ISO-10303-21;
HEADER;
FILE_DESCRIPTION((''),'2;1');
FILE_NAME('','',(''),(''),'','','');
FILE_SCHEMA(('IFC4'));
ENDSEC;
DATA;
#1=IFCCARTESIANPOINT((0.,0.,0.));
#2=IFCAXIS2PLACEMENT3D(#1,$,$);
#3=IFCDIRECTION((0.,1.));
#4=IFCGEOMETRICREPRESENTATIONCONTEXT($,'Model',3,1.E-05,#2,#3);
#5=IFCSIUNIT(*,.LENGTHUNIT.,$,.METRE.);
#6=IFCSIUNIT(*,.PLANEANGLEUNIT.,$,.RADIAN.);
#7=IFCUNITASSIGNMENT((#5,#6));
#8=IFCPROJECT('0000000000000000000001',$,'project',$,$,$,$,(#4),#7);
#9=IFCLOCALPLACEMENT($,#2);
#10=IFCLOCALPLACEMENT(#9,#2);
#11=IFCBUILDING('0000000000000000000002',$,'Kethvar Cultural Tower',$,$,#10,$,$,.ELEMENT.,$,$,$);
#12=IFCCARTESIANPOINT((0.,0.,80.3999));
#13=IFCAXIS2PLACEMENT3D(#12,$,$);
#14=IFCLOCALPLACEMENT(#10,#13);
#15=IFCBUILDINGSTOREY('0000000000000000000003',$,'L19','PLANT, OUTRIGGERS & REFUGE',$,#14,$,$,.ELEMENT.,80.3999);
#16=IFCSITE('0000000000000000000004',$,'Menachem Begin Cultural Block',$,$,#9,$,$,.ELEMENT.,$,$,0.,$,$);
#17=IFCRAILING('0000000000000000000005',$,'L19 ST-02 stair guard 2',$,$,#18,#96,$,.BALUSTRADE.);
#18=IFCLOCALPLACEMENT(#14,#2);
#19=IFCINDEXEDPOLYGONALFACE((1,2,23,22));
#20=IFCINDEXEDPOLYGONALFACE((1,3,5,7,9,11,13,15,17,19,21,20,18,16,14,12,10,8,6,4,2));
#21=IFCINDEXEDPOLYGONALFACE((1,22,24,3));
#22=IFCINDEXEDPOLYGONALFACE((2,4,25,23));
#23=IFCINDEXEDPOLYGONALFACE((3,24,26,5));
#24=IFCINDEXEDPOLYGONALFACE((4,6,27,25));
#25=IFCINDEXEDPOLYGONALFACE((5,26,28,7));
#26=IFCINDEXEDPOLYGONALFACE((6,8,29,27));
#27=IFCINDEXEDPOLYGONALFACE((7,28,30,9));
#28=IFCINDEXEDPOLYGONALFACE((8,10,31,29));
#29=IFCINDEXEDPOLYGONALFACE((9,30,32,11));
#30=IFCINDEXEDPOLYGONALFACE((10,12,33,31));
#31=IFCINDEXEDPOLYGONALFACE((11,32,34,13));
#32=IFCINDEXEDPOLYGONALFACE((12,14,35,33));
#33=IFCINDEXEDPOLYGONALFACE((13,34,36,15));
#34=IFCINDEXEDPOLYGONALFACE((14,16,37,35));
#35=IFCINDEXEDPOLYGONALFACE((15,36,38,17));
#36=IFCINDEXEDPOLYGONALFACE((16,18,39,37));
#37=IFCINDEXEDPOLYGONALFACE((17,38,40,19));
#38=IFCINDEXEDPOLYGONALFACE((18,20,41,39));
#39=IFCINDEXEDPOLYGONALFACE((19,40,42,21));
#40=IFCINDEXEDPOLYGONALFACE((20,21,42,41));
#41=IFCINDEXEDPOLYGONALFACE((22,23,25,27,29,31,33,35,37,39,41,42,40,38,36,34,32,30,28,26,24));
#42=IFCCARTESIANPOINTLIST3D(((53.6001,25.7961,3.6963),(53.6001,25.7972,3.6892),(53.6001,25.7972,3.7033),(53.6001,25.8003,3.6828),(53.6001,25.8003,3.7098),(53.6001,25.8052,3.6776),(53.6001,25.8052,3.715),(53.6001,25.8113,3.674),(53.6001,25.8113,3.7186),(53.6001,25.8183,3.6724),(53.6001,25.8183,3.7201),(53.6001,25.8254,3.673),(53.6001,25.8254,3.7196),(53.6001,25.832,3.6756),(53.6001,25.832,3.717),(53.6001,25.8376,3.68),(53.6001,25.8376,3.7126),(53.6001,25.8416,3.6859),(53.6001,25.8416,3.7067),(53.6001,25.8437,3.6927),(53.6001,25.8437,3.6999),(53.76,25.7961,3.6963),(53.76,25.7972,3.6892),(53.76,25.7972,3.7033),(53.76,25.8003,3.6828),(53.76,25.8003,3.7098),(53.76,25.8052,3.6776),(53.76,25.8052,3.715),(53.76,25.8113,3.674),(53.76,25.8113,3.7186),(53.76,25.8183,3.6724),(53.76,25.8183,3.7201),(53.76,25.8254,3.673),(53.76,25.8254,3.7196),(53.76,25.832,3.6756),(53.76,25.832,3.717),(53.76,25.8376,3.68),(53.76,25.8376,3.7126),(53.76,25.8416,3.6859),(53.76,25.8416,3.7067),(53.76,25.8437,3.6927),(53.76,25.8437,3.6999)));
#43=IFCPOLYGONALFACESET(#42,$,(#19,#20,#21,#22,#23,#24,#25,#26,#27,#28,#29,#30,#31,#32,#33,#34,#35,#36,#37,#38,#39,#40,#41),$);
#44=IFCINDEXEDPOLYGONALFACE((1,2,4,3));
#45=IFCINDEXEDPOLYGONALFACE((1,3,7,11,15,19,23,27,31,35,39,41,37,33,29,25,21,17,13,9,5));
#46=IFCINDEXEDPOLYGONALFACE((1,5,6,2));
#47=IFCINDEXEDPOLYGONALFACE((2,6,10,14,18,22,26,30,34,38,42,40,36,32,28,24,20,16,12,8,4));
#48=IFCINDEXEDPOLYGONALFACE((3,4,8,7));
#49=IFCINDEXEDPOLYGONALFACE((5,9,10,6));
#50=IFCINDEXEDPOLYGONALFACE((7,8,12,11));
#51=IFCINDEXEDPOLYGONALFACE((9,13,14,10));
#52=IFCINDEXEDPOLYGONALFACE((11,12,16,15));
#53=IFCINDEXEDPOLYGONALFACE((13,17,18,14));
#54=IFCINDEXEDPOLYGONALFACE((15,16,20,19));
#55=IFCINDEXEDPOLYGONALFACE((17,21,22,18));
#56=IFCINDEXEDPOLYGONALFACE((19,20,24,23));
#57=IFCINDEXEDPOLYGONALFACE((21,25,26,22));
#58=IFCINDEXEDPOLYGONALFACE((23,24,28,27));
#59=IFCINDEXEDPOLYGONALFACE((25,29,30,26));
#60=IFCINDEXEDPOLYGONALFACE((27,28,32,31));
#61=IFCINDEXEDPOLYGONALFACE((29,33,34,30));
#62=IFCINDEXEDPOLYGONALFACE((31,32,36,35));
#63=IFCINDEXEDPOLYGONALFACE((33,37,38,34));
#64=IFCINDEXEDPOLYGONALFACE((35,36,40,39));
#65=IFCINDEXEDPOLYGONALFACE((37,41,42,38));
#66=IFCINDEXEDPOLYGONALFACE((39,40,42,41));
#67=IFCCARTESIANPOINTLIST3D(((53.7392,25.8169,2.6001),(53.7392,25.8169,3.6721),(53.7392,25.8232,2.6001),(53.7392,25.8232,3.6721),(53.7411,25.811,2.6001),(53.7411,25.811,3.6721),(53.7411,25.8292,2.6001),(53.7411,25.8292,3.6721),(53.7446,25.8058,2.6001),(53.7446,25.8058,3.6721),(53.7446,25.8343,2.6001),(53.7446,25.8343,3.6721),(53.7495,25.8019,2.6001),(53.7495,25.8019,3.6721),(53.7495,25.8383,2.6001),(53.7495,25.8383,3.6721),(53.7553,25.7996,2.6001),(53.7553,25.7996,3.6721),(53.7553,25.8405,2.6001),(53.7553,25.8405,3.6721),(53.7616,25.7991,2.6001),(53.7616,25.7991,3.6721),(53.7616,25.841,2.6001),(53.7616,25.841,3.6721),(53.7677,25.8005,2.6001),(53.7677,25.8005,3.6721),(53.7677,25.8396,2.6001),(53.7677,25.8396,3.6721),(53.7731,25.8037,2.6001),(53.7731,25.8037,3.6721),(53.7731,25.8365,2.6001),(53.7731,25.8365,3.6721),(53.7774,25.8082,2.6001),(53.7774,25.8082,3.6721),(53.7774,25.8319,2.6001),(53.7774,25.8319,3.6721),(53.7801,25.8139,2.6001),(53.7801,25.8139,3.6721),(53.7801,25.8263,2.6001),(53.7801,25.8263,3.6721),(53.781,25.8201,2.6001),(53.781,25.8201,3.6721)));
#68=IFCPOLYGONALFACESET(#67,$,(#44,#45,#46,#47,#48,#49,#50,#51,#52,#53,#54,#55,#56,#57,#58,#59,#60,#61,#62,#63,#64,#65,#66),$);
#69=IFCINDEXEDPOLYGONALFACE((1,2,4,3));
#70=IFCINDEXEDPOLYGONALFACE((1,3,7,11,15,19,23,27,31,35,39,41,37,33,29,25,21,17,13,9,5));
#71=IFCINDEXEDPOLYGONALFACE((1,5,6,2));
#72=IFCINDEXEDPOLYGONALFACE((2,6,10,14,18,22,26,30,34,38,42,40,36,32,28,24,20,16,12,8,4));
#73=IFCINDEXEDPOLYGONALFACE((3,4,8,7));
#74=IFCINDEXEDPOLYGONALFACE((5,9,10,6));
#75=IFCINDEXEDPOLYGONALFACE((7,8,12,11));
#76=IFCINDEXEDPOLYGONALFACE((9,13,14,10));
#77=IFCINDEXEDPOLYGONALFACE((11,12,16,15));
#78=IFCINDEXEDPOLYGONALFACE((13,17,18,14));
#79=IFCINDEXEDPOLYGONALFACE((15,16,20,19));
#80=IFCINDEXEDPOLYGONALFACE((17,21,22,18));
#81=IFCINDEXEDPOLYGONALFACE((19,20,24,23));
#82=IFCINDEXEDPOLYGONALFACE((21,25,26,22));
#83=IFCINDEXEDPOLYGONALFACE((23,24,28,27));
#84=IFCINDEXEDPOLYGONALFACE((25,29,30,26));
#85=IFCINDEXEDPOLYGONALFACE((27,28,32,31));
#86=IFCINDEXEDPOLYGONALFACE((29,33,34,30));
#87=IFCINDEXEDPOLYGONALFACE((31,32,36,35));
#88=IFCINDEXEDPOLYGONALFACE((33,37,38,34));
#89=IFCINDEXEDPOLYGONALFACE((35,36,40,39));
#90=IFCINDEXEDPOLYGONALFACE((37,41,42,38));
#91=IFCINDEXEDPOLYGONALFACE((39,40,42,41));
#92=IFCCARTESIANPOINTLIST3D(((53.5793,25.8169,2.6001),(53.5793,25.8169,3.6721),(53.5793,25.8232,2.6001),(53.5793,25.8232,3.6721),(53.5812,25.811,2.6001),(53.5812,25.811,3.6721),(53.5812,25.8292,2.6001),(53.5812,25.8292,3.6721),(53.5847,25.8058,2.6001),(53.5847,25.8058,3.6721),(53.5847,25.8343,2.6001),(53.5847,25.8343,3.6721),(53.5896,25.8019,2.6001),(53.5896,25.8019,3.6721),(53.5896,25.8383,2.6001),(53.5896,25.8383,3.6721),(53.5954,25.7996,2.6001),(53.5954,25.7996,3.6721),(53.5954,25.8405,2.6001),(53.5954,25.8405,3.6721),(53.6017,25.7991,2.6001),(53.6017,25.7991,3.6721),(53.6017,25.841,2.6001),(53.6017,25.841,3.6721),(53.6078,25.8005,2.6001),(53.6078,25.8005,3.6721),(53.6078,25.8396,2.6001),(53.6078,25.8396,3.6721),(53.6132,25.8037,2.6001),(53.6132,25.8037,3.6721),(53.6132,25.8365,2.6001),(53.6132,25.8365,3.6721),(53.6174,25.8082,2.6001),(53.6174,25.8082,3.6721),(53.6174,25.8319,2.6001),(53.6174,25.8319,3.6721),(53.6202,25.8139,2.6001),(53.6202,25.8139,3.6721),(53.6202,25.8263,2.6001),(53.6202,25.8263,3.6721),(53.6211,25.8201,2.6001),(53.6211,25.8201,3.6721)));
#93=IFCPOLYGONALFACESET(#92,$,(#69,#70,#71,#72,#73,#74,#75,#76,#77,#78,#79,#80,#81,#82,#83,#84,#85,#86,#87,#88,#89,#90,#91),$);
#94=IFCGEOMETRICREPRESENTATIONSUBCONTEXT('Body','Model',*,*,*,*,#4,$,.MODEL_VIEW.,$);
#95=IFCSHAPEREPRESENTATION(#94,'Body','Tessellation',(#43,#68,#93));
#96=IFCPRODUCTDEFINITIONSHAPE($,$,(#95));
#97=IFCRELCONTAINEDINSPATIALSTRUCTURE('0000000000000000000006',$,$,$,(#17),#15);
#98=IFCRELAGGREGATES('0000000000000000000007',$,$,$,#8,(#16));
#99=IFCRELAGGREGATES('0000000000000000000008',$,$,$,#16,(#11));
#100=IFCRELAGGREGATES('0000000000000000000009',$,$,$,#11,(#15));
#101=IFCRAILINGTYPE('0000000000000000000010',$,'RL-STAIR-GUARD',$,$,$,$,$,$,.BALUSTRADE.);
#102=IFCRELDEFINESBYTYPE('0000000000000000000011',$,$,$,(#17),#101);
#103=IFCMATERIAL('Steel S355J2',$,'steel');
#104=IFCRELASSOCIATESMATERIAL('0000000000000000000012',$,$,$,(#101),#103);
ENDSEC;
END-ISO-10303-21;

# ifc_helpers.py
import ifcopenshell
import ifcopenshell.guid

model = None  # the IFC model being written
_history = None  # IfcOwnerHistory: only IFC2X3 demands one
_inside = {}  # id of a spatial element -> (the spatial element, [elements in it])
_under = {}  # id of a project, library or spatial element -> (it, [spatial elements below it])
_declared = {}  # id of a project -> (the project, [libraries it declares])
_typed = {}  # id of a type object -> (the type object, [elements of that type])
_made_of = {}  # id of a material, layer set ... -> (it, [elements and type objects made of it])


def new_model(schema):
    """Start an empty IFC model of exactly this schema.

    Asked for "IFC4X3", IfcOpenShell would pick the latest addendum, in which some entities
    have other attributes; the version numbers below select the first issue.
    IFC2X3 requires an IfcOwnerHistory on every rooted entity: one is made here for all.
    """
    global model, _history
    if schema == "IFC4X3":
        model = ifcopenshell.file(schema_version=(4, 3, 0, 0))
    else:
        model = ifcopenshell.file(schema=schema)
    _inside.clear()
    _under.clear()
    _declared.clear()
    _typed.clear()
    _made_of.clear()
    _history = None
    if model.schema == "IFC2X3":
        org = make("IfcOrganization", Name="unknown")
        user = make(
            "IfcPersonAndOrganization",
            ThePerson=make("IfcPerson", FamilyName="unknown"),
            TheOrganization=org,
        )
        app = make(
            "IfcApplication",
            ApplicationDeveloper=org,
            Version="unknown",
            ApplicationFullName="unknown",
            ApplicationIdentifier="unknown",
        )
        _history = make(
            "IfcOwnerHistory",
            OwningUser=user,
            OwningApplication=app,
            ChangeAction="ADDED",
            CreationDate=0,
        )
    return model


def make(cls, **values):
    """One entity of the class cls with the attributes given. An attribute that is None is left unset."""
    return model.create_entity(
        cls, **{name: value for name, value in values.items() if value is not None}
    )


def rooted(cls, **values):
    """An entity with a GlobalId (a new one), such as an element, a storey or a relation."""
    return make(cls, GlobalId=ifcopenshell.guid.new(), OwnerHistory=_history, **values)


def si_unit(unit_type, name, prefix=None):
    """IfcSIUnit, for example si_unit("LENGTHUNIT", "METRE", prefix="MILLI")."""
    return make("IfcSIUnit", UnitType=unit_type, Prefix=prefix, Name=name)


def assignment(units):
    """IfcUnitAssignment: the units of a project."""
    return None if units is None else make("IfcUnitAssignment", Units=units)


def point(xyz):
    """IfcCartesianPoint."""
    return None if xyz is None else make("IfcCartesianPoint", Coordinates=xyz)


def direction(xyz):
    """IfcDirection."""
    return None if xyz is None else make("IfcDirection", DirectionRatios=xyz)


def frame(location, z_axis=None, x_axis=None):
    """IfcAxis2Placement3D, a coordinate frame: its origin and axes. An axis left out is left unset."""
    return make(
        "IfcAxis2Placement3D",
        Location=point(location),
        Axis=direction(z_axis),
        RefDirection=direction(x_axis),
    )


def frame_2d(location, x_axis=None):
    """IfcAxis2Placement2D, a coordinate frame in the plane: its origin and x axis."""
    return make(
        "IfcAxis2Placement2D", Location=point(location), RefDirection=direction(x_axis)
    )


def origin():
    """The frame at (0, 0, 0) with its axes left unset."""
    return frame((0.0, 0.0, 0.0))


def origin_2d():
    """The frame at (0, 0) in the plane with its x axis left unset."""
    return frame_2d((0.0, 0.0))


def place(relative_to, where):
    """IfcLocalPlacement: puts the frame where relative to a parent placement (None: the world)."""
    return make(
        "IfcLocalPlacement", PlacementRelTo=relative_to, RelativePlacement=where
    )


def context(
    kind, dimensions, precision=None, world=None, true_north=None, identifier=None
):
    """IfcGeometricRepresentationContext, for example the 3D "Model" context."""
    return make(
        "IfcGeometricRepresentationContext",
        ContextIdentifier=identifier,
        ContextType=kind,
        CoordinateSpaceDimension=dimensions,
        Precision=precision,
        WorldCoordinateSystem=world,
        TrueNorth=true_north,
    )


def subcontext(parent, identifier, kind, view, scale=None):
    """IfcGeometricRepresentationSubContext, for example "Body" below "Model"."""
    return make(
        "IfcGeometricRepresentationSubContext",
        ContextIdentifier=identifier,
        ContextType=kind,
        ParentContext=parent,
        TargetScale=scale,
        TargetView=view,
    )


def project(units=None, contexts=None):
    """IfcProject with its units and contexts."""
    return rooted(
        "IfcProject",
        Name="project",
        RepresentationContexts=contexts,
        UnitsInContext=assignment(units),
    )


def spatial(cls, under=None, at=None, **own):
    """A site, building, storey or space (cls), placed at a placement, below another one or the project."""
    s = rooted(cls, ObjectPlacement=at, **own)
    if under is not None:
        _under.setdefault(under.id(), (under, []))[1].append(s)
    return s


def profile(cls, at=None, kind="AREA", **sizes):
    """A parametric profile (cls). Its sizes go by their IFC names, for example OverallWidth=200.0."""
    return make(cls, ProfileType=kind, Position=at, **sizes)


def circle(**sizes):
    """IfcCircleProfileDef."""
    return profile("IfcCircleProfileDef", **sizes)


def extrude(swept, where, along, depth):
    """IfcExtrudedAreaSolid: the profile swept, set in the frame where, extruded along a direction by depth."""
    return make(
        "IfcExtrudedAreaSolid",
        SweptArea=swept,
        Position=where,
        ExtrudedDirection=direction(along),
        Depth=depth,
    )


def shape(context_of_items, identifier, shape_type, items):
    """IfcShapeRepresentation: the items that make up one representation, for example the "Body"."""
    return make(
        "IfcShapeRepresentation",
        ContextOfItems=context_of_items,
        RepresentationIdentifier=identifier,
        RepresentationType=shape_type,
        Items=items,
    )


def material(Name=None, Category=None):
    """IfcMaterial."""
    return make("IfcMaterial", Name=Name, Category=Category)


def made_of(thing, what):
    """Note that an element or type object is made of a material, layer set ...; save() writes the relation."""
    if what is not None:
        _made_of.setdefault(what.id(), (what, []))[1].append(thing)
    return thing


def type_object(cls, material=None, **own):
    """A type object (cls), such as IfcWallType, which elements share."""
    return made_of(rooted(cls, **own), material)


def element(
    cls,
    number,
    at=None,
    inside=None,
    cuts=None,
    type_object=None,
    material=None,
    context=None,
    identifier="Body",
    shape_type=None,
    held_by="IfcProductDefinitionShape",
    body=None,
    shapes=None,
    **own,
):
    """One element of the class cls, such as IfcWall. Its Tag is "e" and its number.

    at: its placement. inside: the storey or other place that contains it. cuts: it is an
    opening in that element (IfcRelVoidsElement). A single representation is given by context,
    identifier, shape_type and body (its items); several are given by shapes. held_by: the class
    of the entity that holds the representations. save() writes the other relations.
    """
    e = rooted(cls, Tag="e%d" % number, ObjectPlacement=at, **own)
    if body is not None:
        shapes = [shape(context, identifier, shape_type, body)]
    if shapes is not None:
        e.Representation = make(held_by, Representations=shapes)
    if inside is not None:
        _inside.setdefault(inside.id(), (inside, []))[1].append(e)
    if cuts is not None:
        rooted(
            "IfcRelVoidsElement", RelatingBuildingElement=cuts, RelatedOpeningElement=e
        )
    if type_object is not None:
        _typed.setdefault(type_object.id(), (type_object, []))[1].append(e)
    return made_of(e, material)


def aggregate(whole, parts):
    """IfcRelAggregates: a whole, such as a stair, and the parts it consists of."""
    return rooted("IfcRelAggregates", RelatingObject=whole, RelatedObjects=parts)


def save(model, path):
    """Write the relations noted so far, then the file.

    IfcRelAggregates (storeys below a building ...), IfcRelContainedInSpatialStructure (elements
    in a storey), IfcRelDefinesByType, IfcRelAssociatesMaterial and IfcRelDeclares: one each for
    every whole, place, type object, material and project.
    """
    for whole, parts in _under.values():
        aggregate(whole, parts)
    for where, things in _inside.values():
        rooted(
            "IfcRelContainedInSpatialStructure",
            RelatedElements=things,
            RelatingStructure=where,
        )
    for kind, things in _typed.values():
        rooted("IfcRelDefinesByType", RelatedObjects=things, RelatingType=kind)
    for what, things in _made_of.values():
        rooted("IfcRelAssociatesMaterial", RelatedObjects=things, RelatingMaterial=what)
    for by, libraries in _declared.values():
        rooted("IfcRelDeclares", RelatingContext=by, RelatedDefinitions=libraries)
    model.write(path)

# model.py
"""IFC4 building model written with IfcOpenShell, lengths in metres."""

from ifc_helpers import new_model, si_unit, direction, frame, origin, origin_2d, place, context, subcontext, project, spatial, circle, extrude, material, type_object, element, save


model = new_model("IFC4")

# Units and contexts
model_context = context("Model", 3, precision=1e-05, world=origin(), true_north=direction((0.0, 1.0)))
body_context = subcontext(model_context, "Body", "Model", "MODEL_VIEW")
ifc_project = project(units=[si_unit("LENGTHUNIT", "METRE"), si_unit("PLANEANGLEUNIT", "RADIAN")], contexts=[model_context])

# Site, building, storey
site_placement = place(None, origin())
site = spatial("IfcSite", under=ifc_project, at=site_placement, Name="Menachem Begin Cultural Block", CompositionType="ELEMENT", RefElevation=0.0)
building_placement = place(site_placement, origin())
building = spatial("IfcBuilding", under=site, at=building_placement, Name="Kethvar Cultural Tower", CompositionType="ELEMENT")
storey_placement = place(building_placement, frame((0.0, 0.0, 80.3999)))
storey = spatial("IfcBuildingStorey", under=building, at=storey_placement, Name="L19", Description="PLANT, OUTRIGGERS & REFUGE", CompositionType="ELEMENT", Elevation=80.3999)

# Shared definitions
ifc_material_1 = material(Name="Steel S355J2", Category="steel")

# Railing
railing_type_1 = type_object("IfcRailingType", Name="RL-STAIR-GUARD", PredefinedType="BALUSTRADE", material=ifc_material_1)
railing_1_placement = place(storey_placement, frame((53.76, 25.8201, 2.6001)))
element("IfcRailing", 1, at=railing_1_placement, inside=storey, type_object=railing_type_1, Name="L19 ST-02 stair guard 2", PredefinedType="BALUSTRADE", context=body_context, shape_type="SweptSolid", body=[
    extrude(circle(Radius=0.0239, at=origin_2d()), frame((0.0, 0.0, 1.0962), z_axis=(-1.0, 0.0, 0.0), x_axis=(0.0, -1.0, 0.0)), (0.0, 0.0, 1.0), 0.1599),
    extrude(circle(Radius=0.021, at=origin_2d()), origin(), (0.0, 0.0, 1.0), 1.072),
    extrude(circle(Radius=0.021, at=origin_2d()), frame((-0.1599, 0.0, 0.0)), (0.0, 0.0, 1.0), 1.072),
])

save(model, "model.ifc")
